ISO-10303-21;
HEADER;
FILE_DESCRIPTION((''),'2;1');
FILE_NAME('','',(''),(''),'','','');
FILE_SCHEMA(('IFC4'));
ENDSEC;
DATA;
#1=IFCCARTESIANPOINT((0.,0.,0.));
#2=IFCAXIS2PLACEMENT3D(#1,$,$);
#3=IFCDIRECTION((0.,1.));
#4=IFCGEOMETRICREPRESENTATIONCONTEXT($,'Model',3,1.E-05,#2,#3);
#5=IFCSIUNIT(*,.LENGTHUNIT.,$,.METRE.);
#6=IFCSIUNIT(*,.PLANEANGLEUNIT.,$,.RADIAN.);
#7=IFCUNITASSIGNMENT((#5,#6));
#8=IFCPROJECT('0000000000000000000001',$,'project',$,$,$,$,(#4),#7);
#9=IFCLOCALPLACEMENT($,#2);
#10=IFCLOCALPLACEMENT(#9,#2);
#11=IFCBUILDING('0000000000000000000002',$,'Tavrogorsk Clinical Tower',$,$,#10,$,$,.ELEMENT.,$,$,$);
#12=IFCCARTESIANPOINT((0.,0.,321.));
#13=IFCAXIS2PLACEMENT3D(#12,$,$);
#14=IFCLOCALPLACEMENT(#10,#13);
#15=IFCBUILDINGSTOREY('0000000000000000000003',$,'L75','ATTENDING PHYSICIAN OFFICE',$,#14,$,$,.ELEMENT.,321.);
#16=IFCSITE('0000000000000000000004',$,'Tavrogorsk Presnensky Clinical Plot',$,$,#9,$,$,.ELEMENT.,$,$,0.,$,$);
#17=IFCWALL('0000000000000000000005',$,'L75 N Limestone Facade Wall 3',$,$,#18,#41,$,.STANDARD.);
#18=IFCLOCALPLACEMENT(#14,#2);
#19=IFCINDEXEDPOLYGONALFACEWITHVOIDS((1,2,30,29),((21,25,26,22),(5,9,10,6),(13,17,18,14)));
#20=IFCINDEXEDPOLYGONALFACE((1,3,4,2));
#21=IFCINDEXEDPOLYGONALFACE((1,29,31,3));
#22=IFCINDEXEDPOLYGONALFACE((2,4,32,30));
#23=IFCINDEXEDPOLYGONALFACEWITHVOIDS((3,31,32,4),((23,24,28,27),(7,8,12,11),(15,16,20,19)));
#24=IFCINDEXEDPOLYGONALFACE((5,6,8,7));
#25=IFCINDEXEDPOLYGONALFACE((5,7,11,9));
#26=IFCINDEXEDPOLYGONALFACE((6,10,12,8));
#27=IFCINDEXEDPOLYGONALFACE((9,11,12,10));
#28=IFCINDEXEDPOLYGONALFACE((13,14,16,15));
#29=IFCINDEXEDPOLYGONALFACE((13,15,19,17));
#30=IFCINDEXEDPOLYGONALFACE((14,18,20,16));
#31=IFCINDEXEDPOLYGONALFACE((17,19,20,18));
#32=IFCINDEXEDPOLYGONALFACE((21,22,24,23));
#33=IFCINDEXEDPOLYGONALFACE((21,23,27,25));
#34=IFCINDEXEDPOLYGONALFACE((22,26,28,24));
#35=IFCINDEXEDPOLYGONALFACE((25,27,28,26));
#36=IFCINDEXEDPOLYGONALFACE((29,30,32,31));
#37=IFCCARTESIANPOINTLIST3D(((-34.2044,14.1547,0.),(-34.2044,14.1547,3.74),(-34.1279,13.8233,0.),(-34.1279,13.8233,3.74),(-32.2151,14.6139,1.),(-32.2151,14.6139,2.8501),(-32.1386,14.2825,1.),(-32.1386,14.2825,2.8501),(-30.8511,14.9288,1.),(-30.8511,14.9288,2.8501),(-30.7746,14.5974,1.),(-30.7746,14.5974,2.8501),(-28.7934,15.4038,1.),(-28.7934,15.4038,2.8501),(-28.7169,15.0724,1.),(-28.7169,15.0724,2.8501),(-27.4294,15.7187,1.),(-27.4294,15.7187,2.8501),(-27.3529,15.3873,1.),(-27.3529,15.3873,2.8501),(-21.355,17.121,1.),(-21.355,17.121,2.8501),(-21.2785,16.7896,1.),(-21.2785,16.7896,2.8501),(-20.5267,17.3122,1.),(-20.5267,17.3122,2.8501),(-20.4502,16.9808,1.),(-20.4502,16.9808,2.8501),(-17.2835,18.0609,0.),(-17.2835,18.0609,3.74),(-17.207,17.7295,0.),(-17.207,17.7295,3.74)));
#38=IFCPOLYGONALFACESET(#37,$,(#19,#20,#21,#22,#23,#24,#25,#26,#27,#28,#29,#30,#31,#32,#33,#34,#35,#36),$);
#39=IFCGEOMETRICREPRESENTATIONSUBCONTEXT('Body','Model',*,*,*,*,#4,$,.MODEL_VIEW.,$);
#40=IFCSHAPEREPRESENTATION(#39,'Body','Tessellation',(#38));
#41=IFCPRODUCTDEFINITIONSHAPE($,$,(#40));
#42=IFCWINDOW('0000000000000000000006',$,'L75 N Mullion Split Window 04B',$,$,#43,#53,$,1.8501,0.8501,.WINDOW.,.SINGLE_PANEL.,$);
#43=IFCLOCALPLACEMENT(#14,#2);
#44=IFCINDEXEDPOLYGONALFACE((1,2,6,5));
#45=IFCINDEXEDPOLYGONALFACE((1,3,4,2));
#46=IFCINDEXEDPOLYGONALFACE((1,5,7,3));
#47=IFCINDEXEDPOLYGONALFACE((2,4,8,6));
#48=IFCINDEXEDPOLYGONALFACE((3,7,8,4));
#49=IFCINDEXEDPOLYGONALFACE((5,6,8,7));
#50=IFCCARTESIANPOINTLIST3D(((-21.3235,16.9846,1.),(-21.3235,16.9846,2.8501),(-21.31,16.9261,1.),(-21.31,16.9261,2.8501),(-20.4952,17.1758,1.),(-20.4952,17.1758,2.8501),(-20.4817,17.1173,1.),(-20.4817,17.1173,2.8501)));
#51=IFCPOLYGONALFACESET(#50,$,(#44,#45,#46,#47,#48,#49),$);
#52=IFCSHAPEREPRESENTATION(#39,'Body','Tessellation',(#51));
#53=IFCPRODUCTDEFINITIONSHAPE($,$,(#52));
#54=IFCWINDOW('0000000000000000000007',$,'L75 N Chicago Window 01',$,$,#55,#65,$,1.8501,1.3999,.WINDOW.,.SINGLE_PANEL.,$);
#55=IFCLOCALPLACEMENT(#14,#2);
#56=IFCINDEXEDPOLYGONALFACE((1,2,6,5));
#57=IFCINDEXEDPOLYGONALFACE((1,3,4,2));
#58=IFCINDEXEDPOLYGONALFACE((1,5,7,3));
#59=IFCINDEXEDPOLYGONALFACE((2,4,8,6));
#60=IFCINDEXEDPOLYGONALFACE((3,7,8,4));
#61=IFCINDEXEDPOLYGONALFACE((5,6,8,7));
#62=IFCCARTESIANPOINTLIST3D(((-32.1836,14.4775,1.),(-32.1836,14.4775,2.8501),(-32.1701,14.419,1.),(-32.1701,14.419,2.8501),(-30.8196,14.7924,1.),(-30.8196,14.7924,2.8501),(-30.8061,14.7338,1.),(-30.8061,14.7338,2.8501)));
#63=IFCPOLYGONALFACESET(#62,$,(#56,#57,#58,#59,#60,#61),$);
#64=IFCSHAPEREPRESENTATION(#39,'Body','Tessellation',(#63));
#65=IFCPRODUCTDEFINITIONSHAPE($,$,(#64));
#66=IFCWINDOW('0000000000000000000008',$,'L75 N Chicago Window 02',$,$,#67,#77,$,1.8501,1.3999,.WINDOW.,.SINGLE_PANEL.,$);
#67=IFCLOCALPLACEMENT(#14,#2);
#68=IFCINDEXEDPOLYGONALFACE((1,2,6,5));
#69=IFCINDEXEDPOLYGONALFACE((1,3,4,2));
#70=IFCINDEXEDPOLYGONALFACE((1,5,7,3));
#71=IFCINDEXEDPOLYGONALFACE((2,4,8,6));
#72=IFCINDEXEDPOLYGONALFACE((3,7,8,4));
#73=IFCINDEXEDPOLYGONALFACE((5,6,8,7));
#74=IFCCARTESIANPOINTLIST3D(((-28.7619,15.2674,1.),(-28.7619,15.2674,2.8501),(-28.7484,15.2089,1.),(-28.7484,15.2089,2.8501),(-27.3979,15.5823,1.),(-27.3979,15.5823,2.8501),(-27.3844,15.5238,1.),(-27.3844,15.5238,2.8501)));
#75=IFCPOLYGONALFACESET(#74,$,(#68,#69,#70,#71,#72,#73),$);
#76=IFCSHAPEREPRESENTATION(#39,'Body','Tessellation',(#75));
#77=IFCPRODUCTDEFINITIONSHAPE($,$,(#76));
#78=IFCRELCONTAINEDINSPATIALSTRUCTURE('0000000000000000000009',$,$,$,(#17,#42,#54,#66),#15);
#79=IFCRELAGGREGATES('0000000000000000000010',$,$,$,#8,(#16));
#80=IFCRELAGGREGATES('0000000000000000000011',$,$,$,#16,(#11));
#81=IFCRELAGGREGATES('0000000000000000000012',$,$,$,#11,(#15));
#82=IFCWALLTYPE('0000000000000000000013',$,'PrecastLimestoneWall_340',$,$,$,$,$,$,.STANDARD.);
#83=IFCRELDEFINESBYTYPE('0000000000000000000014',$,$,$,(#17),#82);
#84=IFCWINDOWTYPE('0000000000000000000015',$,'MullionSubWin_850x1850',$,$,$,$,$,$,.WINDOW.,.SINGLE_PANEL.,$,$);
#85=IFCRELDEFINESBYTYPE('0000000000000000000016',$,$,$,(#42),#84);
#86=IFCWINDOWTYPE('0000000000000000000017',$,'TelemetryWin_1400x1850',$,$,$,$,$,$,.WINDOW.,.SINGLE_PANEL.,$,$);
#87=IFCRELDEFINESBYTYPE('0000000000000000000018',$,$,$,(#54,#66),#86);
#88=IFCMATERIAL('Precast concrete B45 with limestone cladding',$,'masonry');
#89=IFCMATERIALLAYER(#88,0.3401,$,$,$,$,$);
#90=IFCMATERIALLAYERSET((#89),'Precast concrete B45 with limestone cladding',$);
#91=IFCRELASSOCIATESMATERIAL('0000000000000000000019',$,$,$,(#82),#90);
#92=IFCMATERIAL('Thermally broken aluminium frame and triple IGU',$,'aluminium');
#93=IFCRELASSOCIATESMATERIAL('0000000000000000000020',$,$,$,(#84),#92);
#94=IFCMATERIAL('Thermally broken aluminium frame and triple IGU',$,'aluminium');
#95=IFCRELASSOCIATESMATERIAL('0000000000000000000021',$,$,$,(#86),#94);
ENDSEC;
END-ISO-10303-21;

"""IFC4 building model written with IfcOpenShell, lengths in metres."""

from ifc_helpers import new_model, si_unit, direction, frame, frame_2d, origin, place, context, subcontext, project, spatial, rectangle, extrude, material, layer, layer_set, type_object, element, fill, save


model = new_model("IFC4")

# Units and contexts
model_context = context("Model", 3, precision=1e-05, world=origin(), true_north=direction((0.0, 1.0)))
body_context = subcontext(model_context, "Body", "Model", "MODEL_VIEW")
ifc_project = project(units=[si_unit("LENGTHUNIT", "METRE"), si_unit("PLANEANGLEUNIT", "RADIAN")], contexts=[model_context])

# Site, building, storey
site_placement = place(None, origin())
site = spatial("IfcSite", under=ifc_project, at=site_placement, Name="Tavrogorsk Presnensky Clinical Plot", CompositionType="ELEMENT", RefElevation=0.0)
building_placement = place(site_placement, origin())
building = spatial("IfcBuilding", under=site, at=building_placement, Name="Tavrogorsk Clinical Tower", CompositionType="ELEMENT")
storey_placement = place(building_placement, frame((0.0, 0.0, 321.0)))
storey = spatial("IfcBuildingStorey", under=building, at=storey_placement, Name="L75", Description="ATTENDING PHYSICIAN OFFICE", CompositionType="ELEMENT", Elevation=321.0)

# Shared definitions
ifc_material_1 = material(Name="Precast concrete B45 with limestone cladding", Category="masonry")
ifc_layer_1 = layer(ifc_material_1, 0.3401)
ifc_layer_set_1 = layer_set([ifc_layer_1], Name="Precast concrete B45 with limestone cladding")
wall_type_1 = type_object("IfcWallType", Name="PrecastLimestoneWall_340", PredefinedType="STANDARD", material=ifc_layer_set_1)
ifc_material_2 = material(Name="Thermally broken aluminium frame and triple IGU", Category="aluminium")
window_type_1 = type_object("IfcWindowType", Name="MullionSubWin_850x1850", PartitioningType="SINGLE_PANEL", PredefinedType="WINDOW", material=ifc_material_2)

# Wall, openings, windows
wall_1_placement = place(storey_placement, frame((-17.2451, 17.8953, 0.0), z_axis=(0.0, 0.0, 1.0), x_axis=(-0.974373, -0.224938, 0.0)))
wall_1 = element("IfcWall", 1, at=wall_1_placement, inside=storey, type_object=wall_type_1, Name="L75 N Limestone Facade Wall 3", PredefinedType="STANDARD", context=body_context, shape_type="SweptSolid", body=[
    extrude(rectangle(XDim=17.366, YDim=0.3401, at=frame_2d((8.6831, 0.0))), origin(), (0.0, 0.0, 1.0), 3.74),
])
opening_1_placement = place(wall_1_placement, frame((13.9246, 0.0, 1.0)))
opening_1 = element("IfcOpeningElement", 2, at=opening_1_placement, cuts=wall_1, PredefinedType="OPENING", context=body_context, shape_type="SweptSolid", body=[
    extrude(rectangle(XDim=1.3999, YDim=1.8501, at=frame_2d((0.7, 0.925))), frame((0.0, 0.1799, 0.0), z_axis=(0.0, -1.0, 0.0), x_axis=(1.0, 0.0, 0.0)), (0.0, 0.0, 1.0), 0.3601),
])
opening_2_placement = place(wall_1_placement, frame((10.4128, 0.0, 1.0)))
opening_2 = element("IfcOpeningElement", 3, at=opening_2_placement, cuts=wall_1, PredefinedType="OPENING", context=body_context, shape_type="SweptSolid", body=[
    extrude(rectangle(XDim=1.3999, YDim=1.8501, at=frame_2d((0.7, 0.925))), frame((0.0, 0.1799, 0.0), z_axis=(0.0, -1.0, 0.0), x_axis=(1.0, 0.0, 0.0)), (0.0, 0.0, 1.0), 0.3601),
])
opening_3_placement = place(wall_1_placement, frame((3.3286, 0.0, 1.0)))
opening_3 = element("IfcOpeningElement", 4, at=opening_3_placement, cuts=wall_1, PredefinedType="OPENING", context=body_context, shape_type="SweptSolid", body=[
    extrude(rectangle(XDim=0.8501, YDim=1.8501, at=frame_2d((0.425, 0.925))), frame((0.0, 0.1799, 0.0), z_axis=(0.0, -1.0, 0.0), x_axis=(1.0, 0.0, 0.0)), (0.0, 0.0, 1.0), 0.3601),
])
window_1_placement = place(opening_3_placement, origin())
window_1 = element("IfcWindow", 5, at=window_1_placement, inside=storey, type_object=window_type_1, Name="L75 N Mullion Split Window 04B", OverallHeight=1.8501, OverallWidth=0.8501, PartitioningType="SINGLE_PANEL", PredefinedType="WINDOW", context=body_context, shape_type="SweptSolid", body=[
    extrude(rectangle(XDim=0.8501, YDim=1.8501, at=frame_2d((0.425, 0.925))), frame((0.0, 0.03, 0.0), z_axis=(0.0, -1.0, 0.0), x_axis=(1.0, 0.0, 0.0)), (0.0, 0.0, 1.0), 0.0601),
])
fill(opening_3, window_1)
ifc_material_3 = material(Name="Thermally broken aluminium frame and triple IGU", Category="aluminium")
window_type_2 = type_object("IfcWindowType", Name="TelemetryWin_1400x1850", PartitioningType="SINGLE_PANEL", PredefinedType="WINDOW", material=ifc_material_3)
window_2_placement = place(opening_1_placement, origin())
window_2 = element("IfcWindow", 6, at=window_2_placement, inside=storey, type_object=window_type_2, Name="L75 N Chicago Window 01", OverallHeight=1.8501, OverallWidth=1.3999, PartitioningType="SINGLE_PANEL", PredefinedType="WINDOW", context=body_context, shape_type="SweptSolid", body=[
    extrude(rectangle(XDim=1.3999, YDim=1.8501, at=frame_2d((0.7, 0.925))), frame((0.0, 0.03, 0.0), z_axis=(0.0, -1.0, 0.0), x_axis=(1.0, 0.0, 0.0)), (0.0, 0.0, 1.0), 0.0601),
])
fill(opening_1, window_2)
window_3_placement = place(opening_2_placement, origin())
window_3 = element("IfcWindow", 7, at=window_3_placement, inside=storey, type_object=window_type_2, Name="L75 N Chicago Window 02", OverallHeight=1.8501, OverallWidth=1.3999, PartitioningType="SINGLE_PANEL", PredefinedType="WINDOW", context=body_context, shape_type="SweptSolid", body=[
    extrude(rectangle(XDim=1.3999, YDim=1.8501, at=frame_2d((0.7, 0.925))), frame((0.0, 0.03, 0.0), z_axis=(0.0, -1.0, 0.0), x_axis=(1.0, 0.0, 0.0)), (0.0, 0.0, 1.0), 0.0601),
])
fill(opening_2, window_3)

save(model, "model.ifc")
